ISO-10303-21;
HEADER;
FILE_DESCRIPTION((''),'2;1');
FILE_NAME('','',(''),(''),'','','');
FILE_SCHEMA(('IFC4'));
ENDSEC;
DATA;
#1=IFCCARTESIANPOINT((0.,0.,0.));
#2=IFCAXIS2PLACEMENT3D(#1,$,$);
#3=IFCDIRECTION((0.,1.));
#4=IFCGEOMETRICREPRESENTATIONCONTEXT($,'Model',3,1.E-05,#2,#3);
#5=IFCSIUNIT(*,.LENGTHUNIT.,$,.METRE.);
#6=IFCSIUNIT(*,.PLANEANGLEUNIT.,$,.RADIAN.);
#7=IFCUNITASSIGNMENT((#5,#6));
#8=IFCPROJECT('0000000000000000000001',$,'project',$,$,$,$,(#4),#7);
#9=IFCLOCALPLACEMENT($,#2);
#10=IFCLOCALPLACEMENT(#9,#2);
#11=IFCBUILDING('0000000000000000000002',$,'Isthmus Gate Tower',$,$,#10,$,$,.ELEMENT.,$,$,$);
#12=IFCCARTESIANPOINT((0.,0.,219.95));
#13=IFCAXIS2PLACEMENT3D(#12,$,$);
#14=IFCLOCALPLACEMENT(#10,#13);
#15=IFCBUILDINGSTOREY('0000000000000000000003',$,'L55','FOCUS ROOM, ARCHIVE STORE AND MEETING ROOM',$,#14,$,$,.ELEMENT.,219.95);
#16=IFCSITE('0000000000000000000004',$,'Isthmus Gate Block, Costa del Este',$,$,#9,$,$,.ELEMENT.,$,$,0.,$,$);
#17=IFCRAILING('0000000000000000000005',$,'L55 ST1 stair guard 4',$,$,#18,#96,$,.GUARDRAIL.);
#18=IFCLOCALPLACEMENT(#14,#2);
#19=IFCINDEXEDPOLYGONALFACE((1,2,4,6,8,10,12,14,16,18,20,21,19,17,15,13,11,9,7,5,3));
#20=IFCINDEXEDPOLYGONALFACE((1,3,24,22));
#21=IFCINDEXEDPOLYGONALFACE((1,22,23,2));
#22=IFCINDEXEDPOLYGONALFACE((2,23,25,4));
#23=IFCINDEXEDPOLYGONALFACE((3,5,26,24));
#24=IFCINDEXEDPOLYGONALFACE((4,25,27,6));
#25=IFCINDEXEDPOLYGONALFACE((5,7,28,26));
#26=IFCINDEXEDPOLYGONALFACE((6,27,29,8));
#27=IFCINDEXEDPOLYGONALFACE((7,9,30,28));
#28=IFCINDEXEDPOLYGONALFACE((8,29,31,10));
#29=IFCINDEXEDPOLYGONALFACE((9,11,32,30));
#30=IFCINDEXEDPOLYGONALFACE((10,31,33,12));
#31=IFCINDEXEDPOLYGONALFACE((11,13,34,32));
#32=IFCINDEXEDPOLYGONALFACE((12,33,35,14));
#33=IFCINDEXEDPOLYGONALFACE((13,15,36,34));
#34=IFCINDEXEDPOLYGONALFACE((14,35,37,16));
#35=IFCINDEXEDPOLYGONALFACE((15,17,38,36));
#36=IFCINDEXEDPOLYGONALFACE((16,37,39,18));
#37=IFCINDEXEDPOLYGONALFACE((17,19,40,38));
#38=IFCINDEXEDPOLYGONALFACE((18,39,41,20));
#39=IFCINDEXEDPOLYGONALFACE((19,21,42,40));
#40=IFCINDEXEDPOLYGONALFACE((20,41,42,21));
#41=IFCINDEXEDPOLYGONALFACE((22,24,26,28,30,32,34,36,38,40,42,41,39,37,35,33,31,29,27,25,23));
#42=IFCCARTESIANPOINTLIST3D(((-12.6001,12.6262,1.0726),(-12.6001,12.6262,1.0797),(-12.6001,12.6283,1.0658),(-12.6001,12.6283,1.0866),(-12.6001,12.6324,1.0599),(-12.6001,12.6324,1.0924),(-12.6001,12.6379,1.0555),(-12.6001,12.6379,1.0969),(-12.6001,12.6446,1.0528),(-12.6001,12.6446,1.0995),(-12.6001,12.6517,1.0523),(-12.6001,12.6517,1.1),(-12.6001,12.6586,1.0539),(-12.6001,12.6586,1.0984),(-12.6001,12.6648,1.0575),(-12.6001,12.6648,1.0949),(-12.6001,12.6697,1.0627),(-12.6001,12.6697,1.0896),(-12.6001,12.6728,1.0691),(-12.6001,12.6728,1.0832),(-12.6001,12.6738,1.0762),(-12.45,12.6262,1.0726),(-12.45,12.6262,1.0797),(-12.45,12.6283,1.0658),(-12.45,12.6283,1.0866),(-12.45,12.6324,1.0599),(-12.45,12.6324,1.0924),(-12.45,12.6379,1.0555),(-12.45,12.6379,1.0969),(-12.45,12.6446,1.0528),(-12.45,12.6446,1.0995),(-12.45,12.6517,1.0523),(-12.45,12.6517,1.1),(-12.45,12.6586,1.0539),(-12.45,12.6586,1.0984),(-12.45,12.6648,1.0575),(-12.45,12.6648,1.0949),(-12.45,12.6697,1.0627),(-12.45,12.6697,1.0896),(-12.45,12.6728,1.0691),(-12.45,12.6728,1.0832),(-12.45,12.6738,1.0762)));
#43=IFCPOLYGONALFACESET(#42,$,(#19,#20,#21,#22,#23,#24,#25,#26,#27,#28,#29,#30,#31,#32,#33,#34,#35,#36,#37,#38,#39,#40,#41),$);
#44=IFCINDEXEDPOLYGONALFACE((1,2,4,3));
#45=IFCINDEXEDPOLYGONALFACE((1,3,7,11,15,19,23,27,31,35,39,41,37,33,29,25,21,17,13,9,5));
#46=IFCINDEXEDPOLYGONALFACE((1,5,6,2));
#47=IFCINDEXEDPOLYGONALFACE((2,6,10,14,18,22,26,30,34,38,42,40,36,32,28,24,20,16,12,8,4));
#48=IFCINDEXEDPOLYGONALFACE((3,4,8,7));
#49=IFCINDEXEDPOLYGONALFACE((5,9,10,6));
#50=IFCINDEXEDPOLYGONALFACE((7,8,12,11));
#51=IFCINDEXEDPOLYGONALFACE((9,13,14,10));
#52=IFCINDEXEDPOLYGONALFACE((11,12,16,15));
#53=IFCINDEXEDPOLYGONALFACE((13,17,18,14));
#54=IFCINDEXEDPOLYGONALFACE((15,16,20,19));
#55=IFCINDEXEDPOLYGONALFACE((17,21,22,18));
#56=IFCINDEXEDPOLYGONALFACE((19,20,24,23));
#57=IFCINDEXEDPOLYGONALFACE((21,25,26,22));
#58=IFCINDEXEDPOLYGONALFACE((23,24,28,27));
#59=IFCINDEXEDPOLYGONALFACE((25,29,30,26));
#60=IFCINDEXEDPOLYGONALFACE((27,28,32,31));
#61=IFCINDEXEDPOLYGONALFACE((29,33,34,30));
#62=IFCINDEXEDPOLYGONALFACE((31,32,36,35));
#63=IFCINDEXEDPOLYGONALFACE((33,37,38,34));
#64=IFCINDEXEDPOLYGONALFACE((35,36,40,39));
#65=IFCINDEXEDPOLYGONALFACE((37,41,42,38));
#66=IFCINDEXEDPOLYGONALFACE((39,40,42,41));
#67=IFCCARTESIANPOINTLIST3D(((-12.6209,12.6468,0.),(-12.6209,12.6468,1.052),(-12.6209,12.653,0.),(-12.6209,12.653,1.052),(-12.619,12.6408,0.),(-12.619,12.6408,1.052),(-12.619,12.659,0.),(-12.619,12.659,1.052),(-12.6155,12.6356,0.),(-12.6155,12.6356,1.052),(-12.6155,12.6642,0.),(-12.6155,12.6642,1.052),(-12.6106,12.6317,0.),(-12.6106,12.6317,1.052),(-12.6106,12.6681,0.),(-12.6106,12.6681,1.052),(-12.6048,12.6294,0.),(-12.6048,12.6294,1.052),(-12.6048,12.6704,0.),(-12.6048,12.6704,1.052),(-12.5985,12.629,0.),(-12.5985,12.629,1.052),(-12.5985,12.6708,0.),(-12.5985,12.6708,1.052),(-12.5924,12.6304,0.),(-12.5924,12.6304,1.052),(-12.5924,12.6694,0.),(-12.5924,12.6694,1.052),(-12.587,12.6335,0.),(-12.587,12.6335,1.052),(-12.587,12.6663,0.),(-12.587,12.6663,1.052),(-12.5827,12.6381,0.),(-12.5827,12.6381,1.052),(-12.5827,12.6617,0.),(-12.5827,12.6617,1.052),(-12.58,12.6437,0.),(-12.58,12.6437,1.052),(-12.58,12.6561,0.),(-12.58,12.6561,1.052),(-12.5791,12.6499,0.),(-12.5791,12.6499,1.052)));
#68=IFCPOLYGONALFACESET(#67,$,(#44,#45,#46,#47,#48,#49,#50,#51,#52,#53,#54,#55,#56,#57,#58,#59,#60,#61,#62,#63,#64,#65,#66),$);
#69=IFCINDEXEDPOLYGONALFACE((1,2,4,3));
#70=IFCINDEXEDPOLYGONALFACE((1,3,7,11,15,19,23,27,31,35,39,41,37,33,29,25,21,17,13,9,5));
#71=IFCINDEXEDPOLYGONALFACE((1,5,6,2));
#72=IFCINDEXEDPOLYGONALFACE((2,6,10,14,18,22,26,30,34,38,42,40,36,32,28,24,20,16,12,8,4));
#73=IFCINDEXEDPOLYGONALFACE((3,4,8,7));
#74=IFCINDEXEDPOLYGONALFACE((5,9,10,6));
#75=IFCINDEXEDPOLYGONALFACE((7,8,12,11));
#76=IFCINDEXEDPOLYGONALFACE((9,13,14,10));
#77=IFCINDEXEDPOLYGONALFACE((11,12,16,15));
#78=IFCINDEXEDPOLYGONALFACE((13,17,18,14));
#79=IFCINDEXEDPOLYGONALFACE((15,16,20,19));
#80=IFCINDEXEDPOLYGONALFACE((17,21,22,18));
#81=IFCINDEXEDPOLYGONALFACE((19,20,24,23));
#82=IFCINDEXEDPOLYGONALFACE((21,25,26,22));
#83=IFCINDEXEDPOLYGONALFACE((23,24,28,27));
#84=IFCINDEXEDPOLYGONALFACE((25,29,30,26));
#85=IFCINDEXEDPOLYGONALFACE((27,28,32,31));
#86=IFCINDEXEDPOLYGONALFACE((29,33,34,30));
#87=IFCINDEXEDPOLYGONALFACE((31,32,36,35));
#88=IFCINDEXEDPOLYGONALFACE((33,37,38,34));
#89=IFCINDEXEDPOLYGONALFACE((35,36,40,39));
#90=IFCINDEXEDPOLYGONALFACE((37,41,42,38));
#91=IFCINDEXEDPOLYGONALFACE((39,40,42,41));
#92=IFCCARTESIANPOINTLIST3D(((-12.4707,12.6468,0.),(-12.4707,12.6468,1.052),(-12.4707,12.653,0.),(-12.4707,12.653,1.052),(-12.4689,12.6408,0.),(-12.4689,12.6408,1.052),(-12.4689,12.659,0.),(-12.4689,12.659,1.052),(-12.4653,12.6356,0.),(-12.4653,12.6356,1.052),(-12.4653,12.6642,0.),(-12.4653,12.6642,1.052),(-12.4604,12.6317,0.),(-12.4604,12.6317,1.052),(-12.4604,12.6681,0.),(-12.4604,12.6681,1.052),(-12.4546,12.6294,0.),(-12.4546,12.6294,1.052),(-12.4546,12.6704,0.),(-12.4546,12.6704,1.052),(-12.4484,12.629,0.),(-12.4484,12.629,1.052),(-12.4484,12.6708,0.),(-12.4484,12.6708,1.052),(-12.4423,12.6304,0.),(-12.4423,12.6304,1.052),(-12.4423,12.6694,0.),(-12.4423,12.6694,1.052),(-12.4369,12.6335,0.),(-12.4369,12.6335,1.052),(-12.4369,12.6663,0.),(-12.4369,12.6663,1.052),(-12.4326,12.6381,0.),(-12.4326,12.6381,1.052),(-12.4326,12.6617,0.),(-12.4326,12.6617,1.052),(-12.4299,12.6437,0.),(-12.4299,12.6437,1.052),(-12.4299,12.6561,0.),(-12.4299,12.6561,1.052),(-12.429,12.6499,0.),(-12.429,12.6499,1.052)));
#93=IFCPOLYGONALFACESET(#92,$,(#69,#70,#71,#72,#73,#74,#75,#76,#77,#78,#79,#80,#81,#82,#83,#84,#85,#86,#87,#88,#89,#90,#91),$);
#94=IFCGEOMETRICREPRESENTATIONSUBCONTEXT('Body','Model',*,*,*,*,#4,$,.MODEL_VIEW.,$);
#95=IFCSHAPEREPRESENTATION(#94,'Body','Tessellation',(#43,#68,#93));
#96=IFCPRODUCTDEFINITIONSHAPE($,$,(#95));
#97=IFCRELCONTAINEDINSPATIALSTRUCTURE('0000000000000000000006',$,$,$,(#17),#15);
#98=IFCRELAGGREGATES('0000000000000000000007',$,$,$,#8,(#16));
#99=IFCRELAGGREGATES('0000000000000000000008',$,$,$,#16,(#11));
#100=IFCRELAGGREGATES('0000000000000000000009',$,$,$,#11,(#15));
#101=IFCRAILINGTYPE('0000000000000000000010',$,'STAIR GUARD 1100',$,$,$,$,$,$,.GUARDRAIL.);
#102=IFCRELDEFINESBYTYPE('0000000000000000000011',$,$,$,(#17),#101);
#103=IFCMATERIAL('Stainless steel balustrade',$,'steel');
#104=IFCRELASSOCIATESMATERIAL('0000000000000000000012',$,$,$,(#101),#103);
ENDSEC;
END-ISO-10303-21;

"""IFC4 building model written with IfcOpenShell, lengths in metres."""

from ifc_helpers import new_model, si_unit, direction, frame, origin, origin_2d, place, context, subcontext, project, spatial, circle, extrude, material, type_object, element, save


model = new_model("IFC4")

# Units and contexts
model_context = context("Model", 3, precision=1e-05, world=origin(), true_north=direction((0.0, 1.0)))
body_context = subcontext(model_context, "Body", "Model", "MODEL_VIEW")
ifc_project = project(units=[si_unit("LENGTHUNIT", "METRE"), si_unit("PLANEANGLEUNIT", "RADIAN")], contexts=[model_context])

# Site, building, storey
site_placement = place(None, origin())
site = spatial("IfcSite", under=ifc_project, at=site_placement, Name="Isthmus Gate Block, Costa del Este", CompositionType="ELEMENT", RefElevation=0.0)
building_placement = place(site_placement, origin())
building = spatial("IfcBuilding", under=site, at=building_placement, Name="Isthmus Gate Tower", CompositionType="ELEMENT")
storey_placement = place(building_placement, frame((0.0, 0.0, 219.95)))
storey = spatial("IfcBuildingStorey", under=building, at=storey_placement, Name="L55", Description="FOCUS ROOM, ARCHIVE STORE AND MEETING ROOM", CompositionType="ELEMENT", Elevation=219.95)

# Railing
ifc_material_1 = material(Name="Stainless steel balustrade", Category="steel")
railing_type = type_object("IfcRailingType", Name="STAIR GUARD 1100", PredefinedType="GUARDRAIL", material=ifc_material_1)
railing_1_placement = place(storey_placement, frame((-12.6001, 12.6499, 0.0)))
element("IfcRailing", 1, at=railing_1_placement, inside=storey, type_object=railing_type, Name="L55 ST1 stair guard 4", PredefinedType="GUARDRAIL", context=body_context, shape_type="SweptSolid", body=[
    extrude(circle(Radius=0.0239, at=origin_2d()), frame((0.0, 0.0, 1.0762), z_axis=(1.0, 0.0, 0.0), x_axis=(0.0, 1.0, 0.0)), (0.0, 0.0, 1.0), 0.1501),
    extrude(circle(Radius=0.021, at=origin_2d()), origin(), (0.0, 0.0, 1.0), 1.052),
    extrude(circle(Radius=0.021, at=origin_2d()), frame((0.1501, 0.0, 0.0)), (0.0, 0.0, 1.0), 1.052),
])

save(model, "model.ifc")
